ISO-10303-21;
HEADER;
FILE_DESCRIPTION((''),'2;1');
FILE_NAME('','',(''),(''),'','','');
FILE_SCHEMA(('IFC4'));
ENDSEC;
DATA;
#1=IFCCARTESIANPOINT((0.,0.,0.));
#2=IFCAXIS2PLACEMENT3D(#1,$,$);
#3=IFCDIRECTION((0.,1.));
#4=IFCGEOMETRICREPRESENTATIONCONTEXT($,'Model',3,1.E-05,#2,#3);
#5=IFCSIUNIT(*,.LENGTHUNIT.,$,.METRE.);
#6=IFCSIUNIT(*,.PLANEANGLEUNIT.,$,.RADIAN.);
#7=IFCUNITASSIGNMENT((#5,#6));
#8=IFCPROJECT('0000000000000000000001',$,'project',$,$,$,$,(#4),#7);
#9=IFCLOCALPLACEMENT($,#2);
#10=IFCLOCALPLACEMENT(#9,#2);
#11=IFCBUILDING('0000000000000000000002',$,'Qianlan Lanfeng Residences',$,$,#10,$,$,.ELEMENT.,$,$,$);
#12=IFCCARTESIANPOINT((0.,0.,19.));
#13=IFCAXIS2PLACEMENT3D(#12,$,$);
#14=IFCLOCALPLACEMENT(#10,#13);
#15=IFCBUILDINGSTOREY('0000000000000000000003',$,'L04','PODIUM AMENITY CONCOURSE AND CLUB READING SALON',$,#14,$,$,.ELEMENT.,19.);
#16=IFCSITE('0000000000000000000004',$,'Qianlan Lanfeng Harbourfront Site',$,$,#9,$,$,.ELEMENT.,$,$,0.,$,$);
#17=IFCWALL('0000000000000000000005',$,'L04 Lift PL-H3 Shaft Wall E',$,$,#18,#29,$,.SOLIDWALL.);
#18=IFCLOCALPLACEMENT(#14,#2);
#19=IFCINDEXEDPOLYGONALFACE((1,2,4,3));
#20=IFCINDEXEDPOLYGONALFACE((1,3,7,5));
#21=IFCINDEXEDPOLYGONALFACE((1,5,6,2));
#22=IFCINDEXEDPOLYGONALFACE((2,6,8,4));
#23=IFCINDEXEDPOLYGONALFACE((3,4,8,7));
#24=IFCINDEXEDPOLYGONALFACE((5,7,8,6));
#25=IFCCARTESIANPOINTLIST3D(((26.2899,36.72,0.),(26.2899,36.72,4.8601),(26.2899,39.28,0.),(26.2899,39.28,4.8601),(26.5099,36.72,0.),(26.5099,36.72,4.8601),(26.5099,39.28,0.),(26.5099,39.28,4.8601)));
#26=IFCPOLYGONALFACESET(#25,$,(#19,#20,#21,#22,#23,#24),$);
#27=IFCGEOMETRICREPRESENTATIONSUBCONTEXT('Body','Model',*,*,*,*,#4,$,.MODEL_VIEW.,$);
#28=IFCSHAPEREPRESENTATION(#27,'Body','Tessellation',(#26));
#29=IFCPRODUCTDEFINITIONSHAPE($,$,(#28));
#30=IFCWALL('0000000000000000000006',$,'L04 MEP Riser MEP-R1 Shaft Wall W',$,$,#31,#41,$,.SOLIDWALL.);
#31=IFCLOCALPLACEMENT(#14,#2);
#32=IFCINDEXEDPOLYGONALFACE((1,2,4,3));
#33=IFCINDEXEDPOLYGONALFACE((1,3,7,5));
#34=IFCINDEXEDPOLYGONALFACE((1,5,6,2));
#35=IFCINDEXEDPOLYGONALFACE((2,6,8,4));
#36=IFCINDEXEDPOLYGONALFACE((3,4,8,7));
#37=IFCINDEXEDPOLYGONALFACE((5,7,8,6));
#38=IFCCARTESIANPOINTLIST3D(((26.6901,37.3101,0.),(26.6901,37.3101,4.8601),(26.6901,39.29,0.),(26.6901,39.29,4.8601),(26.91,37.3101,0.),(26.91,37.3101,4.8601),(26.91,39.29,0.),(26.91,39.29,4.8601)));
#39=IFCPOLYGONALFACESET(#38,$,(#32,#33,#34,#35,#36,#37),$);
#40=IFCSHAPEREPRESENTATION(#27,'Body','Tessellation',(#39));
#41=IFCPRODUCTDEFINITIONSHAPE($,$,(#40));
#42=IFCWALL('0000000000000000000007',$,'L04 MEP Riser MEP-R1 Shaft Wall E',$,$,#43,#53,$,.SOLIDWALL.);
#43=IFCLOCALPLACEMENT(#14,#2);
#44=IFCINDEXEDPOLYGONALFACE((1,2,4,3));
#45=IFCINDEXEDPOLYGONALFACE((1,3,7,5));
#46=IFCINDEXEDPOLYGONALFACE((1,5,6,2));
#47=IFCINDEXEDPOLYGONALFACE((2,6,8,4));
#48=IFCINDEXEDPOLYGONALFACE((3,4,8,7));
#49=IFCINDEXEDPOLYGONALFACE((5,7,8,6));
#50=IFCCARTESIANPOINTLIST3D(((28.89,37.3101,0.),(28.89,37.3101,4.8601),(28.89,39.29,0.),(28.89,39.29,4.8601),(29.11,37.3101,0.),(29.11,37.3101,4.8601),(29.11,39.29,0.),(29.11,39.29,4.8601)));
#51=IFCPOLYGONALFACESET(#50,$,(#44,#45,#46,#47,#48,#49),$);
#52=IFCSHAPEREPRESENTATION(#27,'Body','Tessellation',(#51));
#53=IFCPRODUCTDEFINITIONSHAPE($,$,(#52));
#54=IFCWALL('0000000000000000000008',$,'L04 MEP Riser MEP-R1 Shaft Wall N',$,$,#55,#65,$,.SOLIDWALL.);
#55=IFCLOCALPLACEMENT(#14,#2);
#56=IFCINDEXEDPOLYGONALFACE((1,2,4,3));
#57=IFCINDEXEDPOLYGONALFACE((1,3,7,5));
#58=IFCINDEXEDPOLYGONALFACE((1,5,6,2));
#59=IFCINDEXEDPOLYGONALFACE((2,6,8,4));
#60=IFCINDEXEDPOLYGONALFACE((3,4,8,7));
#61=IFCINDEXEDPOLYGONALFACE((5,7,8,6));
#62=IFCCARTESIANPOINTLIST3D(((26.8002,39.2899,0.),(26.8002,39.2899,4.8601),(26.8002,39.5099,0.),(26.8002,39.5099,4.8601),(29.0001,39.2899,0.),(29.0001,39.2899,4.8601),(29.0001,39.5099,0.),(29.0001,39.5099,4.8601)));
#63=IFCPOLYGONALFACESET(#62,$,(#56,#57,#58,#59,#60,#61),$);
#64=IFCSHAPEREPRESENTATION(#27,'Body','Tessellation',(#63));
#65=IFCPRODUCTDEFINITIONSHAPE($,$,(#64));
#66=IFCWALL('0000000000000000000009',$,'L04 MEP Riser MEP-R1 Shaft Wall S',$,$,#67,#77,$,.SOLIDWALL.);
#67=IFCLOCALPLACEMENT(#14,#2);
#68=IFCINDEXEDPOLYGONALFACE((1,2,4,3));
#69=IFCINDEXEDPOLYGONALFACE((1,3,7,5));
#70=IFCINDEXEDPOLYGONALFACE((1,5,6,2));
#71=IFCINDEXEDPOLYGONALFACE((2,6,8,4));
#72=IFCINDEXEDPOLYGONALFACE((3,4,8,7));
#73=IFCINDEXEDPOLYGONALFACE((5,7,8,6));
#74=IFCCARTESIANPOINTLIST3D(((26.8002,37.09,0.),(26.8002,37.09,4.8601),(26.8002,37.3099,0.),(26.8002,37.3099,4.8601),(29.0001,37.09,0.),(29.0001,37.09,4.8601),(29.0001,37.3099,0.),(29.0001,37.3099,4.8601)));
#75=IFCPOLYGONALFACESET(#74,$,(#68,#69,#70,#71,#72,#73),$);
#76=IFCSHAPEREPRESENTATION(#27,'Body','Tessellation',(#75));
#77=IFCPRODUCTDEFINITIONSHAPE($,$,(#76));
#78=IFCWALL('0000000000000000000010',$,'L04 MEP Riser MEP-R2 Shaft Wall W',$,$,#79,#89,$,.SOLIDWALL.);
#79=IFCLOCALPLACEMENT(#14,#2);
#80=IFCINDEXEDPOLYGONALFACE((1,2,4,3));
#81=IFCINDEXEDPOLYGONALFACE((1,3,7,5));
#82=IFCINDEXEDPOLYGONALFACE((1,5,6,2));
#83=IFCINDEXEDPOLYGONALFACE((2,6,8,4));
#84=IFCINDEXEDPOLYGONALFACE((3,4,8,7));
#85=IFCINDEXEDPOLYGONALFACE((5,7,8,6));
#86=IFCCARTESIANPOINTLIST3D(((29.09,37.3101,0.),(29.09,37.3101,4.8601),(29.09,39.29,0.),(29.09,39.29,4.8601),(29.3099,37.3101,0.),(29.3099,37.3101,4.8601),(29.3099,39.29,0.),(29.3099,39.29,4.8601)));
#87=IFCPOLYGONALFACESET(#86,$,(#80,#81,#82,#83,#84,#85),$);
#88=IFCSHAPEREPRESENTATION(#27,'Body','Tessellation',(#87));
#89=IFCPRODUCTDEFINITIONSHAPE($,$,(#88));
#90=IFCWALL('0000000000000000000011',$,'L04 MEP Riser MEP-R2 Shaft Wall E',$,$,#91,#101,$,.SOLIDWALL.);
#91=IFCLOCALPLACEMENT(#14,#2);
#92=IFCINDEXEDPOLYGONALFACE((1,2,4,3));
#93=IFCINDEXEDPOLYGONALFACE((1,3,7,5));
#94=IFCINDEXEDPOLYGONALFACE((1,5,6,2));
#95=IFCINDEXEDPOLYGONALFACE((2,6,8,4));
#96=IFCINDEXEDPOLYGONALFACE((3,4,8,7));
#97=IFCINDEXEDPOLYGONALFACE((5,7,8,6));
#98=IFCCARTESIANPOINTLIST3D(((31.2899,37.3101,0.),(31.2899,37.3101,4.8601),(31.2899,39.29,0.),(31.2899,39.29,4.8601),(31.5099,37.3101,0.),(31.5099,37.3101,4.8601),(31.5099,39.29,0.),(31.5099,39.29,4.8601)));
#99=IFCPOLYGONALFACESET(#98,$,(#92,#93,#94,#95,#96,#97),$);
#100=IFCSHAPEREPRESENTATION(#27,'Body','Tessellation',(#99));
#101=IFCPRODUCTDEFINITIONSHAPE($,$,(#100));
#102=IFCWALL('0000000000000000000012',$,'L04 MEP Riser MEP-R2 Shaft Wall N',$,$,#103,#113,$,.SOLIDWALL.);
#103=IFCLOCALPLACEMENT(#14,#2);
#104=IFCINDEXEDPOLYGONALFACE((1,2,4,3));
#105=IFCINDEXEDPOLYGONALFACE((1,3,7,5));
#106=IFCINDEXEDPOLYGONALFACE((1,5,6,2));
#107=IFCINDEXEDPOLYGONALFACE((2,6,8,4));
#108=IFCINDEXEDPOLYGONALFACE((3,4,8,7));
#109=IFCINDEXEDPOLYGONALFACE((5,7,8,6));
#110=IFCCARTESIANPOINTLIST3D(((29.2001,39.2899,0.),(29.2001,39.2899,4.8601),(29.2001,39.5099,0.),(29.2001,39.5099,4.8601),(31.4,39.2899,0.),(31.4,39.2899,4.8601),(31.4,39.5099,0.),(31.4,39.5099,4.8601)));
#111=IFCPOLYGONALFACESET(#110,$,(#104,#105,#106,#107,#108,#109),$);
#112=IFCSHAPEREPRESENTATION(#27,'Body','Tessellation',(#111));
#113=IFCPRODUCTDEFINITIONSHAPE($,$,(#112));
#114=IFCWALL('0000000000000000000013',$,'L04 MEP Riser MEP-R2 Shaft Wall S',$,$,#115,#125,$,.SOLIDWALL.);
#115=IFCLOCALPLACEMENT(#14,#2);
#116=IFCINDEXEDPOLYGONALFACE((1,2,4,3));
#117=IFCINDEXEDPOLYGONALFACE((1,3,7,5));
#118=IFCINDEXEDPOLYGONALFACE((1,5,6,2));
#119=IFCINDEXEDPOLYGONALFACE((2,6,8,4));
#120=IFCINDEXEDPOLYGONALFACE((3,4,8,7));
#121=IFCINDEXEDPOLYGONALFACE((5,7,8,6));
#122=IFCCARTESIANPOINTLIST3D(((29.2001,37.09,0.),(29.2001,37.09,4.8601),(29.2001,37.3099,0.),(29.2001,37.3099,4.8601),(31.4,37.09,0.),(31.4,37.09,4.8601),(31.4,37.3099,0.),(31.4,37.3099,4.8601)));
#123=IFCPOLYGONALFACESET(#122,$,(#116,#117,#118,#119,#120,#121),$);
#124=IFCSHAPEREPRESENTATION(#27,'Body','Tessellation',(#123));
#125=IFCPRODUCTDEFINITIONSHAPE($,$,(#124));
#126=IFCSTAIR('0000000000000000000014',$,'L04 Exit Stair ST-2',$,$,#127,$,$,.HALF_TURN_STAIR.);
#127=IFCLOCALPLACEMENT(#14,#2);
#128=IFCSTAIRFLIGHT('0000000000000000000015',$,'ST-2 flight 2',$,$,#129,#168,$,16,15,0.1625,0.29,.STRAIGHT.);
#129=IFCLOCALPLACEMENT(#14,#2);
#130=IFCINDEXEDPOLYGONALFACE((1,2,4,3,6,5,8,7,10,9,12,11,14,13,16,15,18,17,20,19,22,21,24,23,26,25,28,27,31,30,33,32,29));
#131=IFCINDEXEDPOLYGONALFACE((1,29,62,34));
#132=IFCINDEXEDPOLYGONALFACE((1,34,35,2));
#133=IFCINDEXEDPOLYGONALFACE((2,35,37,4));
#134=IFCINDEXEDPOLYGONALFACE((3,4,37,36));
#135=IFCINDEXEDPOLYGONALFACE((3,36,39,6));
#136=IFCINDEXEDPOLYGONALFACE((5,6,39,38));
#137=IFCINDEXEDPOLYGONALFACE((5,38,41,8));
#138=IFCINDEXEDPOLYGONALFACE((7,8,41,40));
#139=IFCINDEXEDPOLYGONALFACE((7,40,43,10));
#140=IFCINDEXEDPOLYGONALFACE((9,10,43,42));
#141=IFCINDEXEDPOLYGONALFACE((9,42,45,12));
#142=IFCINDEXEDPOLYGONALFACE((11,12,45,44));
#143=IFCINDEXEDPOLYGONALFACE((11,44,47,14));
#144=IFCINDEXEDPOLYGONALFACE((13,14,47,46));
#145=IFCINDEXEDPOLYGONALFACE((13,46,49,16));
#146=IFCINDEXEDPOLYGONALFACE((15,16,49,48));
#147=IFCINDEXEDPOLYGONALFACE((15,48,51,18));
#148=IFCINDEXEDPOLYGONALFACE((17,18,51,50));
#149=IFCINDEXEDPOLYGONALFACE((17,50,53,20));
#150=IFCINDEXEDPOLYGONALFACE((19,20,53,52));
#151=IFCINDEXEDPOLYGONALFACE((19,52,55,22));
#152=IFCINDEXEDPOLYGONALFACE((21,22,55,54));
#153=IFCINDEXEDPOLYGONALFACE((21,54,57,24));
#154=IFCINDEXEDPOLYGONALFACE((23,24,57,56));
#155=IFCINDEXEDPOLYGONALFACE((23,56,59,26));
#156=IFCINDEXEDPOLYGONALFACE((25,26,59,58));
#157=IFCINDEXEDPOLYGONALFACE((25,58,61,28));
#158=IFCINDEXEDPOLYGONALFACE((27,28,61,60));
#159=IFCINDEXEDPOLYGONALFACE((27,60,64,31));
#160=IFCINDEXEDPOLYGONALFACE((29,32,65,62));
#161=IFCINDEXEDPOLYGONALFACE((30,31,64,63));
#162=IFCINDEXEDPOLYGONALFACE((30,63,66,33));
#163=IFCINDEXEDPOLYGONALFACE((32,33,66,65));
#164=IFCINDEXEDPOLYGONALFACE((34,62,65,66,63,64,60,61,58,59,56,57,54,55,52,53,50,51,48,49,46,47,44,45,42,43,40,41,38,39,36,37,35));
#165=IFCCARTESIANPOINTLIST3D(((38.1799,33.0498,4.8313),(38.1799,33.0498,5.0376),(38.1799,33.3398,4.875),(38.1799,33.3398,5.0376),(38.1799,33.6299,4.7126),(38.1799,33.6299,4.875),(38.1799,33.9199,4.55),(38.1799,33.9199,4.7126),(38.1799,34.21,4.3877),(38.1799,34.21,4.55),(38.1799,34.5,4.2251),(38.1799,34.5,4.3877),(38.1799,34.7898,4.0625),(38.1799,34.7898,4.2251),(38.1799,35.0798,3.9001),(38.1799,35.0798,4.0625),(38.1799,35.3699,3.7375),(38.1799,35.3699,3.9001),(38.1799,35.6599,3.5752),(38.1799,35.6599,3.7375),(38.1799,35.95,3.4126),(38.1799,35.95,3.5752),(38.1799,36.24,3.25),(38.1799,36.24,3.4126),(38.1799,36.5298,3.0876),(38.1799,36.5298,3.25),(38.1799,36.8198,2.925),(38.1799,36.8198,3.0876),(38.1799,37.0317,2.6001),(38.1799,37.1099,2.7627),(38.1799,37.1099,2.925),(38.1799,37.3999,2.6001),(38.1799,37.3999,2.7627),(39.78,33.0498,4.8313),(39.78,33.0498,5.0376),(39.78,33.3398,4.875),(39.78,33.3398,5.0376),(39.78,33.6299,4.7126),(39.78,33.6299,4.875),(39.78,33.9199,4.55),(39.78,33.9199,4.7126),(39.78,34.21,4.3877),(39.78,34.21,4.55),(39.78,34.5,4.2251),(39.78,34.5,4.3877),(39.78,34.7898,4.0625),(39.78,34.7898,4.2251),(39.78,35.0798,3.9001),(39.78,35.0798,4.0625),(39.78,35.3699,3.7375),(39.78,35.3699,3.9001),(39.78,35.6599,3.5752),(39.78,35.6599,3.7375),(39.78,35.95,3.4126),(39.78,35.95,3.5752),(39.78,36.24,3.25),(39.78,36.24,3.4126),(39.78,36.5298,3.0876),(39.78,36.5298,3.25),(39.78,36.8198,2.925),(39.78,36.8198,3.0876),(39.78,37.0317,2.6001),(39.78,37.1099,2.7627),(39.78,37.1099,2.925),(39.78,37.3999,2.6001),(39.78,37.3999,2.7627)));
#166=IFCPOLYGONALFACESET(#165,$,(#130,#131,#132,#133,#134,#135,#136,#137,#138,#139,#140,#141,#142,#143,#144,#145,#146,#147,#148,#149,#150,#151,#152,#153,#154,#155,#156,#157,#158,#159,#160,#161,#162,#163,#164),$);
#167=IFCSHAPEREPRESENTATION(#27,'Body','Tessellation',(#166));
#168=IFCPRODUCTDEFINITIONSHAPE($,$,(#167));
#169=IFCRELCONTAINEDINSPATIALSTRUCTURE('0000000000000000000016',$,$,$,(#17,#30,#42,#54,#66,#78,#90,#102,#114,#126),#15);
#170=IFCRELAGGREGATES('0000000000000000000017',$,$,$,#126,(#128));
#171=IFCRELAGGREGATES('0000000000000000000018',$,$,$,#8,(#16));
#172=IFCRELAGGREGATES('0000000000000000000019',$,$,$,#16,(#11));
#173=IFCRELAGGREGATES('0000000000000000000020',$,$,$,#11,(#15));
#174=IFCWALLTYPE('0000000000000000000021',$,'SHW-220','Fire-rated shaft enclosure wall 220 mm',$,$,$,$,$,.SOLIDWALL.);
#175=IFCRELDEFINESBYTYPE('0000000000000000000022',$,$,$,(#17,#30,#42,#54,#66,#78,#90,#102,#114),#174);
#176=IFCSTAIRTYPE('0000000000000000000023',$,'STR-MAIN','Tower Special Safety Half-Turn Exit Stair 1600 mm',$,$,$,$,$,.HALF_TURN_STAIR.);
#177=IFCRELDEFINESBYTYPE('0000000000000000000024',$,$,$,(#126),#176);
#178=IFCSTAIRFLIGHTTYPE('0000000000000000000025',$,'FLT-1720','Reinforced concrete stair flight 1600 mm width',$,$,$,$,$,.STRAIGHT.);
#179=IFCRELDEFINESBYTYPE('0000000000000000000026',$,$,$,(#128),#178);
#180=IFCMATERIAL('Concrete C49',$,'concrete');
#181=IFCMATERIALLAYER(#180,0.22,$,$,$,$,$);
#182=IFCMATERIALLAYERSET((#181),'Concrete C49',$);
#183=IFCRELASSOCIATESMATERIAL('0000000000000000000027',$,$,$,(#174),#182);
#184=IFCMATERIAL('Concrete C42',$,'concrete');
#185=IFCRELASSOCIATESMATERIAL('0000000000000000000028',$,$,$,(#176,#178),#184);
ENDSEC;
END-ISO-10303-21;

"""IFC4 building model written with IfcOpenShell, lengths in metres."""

from ifc_helpers import new_model, si_unit, direction, frame, frame_2d, origin, place, context, subcontext, project, spatial, polyline, rectangle, outline, extrude, material, layer, layer_set, type_object, element, aggregate, save


model = new_model("IFC4")

# Units and contexts
model_context = context("Model", 3, precision=1e-05, world=origin(), true_north=direction((0.0, 1.0)))
body_context = subcontext(model_context, "Body", "Model", "MODEL_VIEW")
ifc_project = project(units=[si_unit("LENGTHUNIT", "METRE"), si_unit("PLANEANGLEUNIT", "RADIAN")], contexts=[model_context])

# Site, building, storey
site_placement = place(None, origin())
site = spatial("IfcSite", under=ifc_project, at=site_placement, Name="Qianlan Lanfeng Harbourfront Site", CompositionType="ELEMENT", RefElevation=0.0)
building_placement = place(site_placement, origin())
building = spatial("IfcBuilding", under=site, at=building_placement, Name="Qianlan Lanfeng Residences", CompositionType="ELEMENT")
storey_placement = place(building_placement, frame((0.0, 0.0, 19.0)))
storey = spatial("IfcBuildingStorey", under=building, at=storey_placement, Name="L04", Description="PODIUM AMENITY CONCOURSE AND CLUB READING SALON", CompositionType="ELEMENT", Elevation=19.0)

# Walls
ifc_material_1 = material(Name="Concrete C49", Category="concrete")
ifc_layer_1 = layer(ifc_material_1, 0.22)
ifc_layer_set_1 = layer_set([ifc_layer_1], Name="Concrete C49")
wall_type_1 = type_object("IfcWallType", Name="SHW-220", Description="Fire-rated shaft enclosure wall 220 mm", PredefinedType="SOLIDWALL", material=ifc_layer_set_1)
for number, where, z_axis, x_axis, name in (
    (1, (26.3999, 36.72, 0.0), (0.0, 0.0, 1.0), (0.0, 1.0, 0.0), "L04 Lift PL-H3 Shaft Wall E"),
):
    element("IfcWall", number, at=place(storey_placement, frame(where, z_axis=z_axis, x_axis=x_axis)), inside=storey, type_object=wall_type_1, Name=name, PredefinedType="SOLIDWALL", context=body_context, shape_type="SweptSolid", body=[
        extrude(rectangle(XDim=2.5601, YDim=0.22, at=frame_2d((1.28, 0.0))), origin(), (0.0, 0.0, 1.0), 4.8601),
    ])
for number, where, z_axis, x_axis, name in (
    (2, (26.8, 37.3101, 0.0), (0.0, 0.0, 1.0), (0.0, 1.0, 0.0), "L04 MEP Riser MEP-R1 Shaft Wall W"),
    (3, (29.0, 37.3101, 0.0), (0.0, 0.0, 1.0), (0.0, 1.0, 0.0), "L04 MEP Riser MEP-R1 Shaft Wall E"),
):
    element("IfcWall", number, at=place(storey_placement, frame(where, z_axis=z_axis, x_axis=x_axis)), inside=storey, type_object=wall_type_1, Name=name, PredefinedType="SOLIDWALL", context=body_context, shape_type="SweptSolid", body=[
        extrude(rectangle(XDim=1.98, YDim=0.22, at=frame_2d((0.99, 0.0))), origin(), (0.0, 0.0, 1.0), 4.8601),
    ])
for number, where, z_axis, x_axis, name in (
    (4, (26.8, 39.3999, 0.0), (0.0, 0.0, 1.0), (1.0, 0.0, 0.0), "L04 MEP Riser MEP-R1 Shaft Wall N"),
    (5, (26.8, 37.2, 0.0), (0.0, 0.0, 1.0), (1.0, 0.0, 0.0), "L04 MEP Riser MEP-R1 Shaft Wall S"),
):
    element("IfcWall", number, at=place(storey_placement, frame(where, z_axis=z_axis, x_axis=x_axis)), inside=storey, type_object=wall_type_1, Name=name, PredefinedType="SOLIDWALL", context=body_context, shape_type="SweptSolid", body=[
        extrude(rectangle(XDim=2.2, YDim=0.22, at=frame_2d((1.1001, 0.0))), origin(), (0.0, 0.0, 1.0), 4.8601),
    ])
for number, where, z_axis, x_axis, name in (
    (6, (29.2, 37.3101, 0.0), (0.0, 0.0, 1.0), (0.0, 1.0, 0.0), "L04 MEP Riser MEP-R2 Shaft Wall W"),
    (7, (31.3999, 37.3101, 0.0), (0.0, 0.0, 1.0), (0.0, 1.0, 0.0), "L04 MEP Riser MEP-R2 Shaft Wall E"),
):
    element("IfcWall", number, at=place(storey_placement, frame(where, z_axis=z_axis, x_axis=x_axis)), inside=storey, type_object=wall_type_1, Name=name, PredefinedType="SOLIDWALL", context=body_context, shape_type="SweptSolid", body=[
        extrude(rectangle(XDim=1.98, YDim=0.22, at=frame_2d((0.99, 0.0))), origin(), (0.0, 0.0, 1.0), 4.8601),
    ])
for number, where, z_axis, x_axis, name in (
    (8, (29.2, 39.3999, 0.0), (0.0, 0.0, 1.0), (1.0, 0.0, 0.0), "L04 MEP Riser MEP-R2 Shaft Wall N"),
    (9, (29.2, 37.2, 0.0), (0.0, 0.0, 1.0), (1.0, 0.0, 0.0), "L04 MEP Riser MEP-R2 Shaft Wall S"),
):
    element("IfcWall", number, at=place(storey_placement, frame(where, z_axis=z_axis, x_axis=x_axis)), inside=storey, type_object=wall_type_1, Name=name, PredefinedType="SOLIDWALL", context=body_context, shape_type="SweptSolid", body=[
        extrude(rectangle(XDim=2.2, YDim=0.22, at=frame_2d((1.1001, 0.0))), origin(), (0.0, 0.0, 1.0), 4.8601),
    ])

# Stair, stair flight
ifc_material_2 = material(Name="Concrete C42", Category="concrete")
stair_type = type_object("IfcStairType", Name="STR-MAIN", Description="Tower Special Safety Half-Turn Exit Stair 1600 mm", PredefinedType="HALF_TURN_STAIR", material=ifc_material_2)
stair_placement = place(storey_placement, origin())
stair = element("IfcStair", 10, at=stair_placement, inside=storey, type_object=stair_type, Name="L04 Exit Stair ST-2", PredefinedType="HALF_TURN_STAIR")
stair_flight_type = type_object("IfcStairFlightType", Name="FLT-1720", Description="Reinforced concrete stair flight 1600 mm width", PredefinedType="STRAIGHT", material=ifc_material_2)
stair_flight_placement = place(storey_placement, frame((38.98, 37.3999, 2.6001), z_axis=(0.0, 0.0, 1.0), x_axis=(0.0, -1.0, 0.0)))
stair_flight = element("IfcStairFlight", 11, at=stair_flight_placement, type_object=stair_flight_type, Name="ST-2 flight 2", NumberOfRisers=16, NumberOfTreads=15, PredefinedType="STRAIGHT", RiserHeight=0.1625, TreadLength=0.29, context=body_context, shape_type="SweptSolid", body=[
    extrude(outline(polyline([(0.0, 0.0), (0.0, 0.1626), (0.29, 0.1626), (0.29, 0.325), (0.5801, 0.325), (0.5801, 0.4875), (0.8701, 0.4875), (0.8701, 0.6499), (1.1599, 0.6499), (1.1599, 0.8125), (1.45, 0.8125), (1.45, 0.9751), (1.74, 0.9751), (1.74, 1.1375), (2.03, 1.1375), (2.03, 1.3), (2.3201, 1.3), (2.3201, 1.4624), (2.6101, 1.4624), (2.6101, 1.625), (2.8999, 1.625), (2.8999, 1.7876), (3.1899, 1.7876), (3.1899, 1.95), (3.48, 1.95), (3.48, 2.1125), (3.77, 2.1125), (3.77, 2.2749), (4.0601, 2.2749), (4.0601, 2.4375), (4.3501, 2.4375), (4.3501, 2.6001), (4.3501, 2.2312), (0.3682, 0.0), (0.0, 0.0)])), frame((0.0, 0.8, 0.0), z_axis=(0.0, -1.0, 0.0), x_axis=(1.0, 0.0, 0.0)), (0.0, 0.0, 1.0), 1.6001),
])
aggregate(stair, [stair_flight])

save(model, "model.ifc")
